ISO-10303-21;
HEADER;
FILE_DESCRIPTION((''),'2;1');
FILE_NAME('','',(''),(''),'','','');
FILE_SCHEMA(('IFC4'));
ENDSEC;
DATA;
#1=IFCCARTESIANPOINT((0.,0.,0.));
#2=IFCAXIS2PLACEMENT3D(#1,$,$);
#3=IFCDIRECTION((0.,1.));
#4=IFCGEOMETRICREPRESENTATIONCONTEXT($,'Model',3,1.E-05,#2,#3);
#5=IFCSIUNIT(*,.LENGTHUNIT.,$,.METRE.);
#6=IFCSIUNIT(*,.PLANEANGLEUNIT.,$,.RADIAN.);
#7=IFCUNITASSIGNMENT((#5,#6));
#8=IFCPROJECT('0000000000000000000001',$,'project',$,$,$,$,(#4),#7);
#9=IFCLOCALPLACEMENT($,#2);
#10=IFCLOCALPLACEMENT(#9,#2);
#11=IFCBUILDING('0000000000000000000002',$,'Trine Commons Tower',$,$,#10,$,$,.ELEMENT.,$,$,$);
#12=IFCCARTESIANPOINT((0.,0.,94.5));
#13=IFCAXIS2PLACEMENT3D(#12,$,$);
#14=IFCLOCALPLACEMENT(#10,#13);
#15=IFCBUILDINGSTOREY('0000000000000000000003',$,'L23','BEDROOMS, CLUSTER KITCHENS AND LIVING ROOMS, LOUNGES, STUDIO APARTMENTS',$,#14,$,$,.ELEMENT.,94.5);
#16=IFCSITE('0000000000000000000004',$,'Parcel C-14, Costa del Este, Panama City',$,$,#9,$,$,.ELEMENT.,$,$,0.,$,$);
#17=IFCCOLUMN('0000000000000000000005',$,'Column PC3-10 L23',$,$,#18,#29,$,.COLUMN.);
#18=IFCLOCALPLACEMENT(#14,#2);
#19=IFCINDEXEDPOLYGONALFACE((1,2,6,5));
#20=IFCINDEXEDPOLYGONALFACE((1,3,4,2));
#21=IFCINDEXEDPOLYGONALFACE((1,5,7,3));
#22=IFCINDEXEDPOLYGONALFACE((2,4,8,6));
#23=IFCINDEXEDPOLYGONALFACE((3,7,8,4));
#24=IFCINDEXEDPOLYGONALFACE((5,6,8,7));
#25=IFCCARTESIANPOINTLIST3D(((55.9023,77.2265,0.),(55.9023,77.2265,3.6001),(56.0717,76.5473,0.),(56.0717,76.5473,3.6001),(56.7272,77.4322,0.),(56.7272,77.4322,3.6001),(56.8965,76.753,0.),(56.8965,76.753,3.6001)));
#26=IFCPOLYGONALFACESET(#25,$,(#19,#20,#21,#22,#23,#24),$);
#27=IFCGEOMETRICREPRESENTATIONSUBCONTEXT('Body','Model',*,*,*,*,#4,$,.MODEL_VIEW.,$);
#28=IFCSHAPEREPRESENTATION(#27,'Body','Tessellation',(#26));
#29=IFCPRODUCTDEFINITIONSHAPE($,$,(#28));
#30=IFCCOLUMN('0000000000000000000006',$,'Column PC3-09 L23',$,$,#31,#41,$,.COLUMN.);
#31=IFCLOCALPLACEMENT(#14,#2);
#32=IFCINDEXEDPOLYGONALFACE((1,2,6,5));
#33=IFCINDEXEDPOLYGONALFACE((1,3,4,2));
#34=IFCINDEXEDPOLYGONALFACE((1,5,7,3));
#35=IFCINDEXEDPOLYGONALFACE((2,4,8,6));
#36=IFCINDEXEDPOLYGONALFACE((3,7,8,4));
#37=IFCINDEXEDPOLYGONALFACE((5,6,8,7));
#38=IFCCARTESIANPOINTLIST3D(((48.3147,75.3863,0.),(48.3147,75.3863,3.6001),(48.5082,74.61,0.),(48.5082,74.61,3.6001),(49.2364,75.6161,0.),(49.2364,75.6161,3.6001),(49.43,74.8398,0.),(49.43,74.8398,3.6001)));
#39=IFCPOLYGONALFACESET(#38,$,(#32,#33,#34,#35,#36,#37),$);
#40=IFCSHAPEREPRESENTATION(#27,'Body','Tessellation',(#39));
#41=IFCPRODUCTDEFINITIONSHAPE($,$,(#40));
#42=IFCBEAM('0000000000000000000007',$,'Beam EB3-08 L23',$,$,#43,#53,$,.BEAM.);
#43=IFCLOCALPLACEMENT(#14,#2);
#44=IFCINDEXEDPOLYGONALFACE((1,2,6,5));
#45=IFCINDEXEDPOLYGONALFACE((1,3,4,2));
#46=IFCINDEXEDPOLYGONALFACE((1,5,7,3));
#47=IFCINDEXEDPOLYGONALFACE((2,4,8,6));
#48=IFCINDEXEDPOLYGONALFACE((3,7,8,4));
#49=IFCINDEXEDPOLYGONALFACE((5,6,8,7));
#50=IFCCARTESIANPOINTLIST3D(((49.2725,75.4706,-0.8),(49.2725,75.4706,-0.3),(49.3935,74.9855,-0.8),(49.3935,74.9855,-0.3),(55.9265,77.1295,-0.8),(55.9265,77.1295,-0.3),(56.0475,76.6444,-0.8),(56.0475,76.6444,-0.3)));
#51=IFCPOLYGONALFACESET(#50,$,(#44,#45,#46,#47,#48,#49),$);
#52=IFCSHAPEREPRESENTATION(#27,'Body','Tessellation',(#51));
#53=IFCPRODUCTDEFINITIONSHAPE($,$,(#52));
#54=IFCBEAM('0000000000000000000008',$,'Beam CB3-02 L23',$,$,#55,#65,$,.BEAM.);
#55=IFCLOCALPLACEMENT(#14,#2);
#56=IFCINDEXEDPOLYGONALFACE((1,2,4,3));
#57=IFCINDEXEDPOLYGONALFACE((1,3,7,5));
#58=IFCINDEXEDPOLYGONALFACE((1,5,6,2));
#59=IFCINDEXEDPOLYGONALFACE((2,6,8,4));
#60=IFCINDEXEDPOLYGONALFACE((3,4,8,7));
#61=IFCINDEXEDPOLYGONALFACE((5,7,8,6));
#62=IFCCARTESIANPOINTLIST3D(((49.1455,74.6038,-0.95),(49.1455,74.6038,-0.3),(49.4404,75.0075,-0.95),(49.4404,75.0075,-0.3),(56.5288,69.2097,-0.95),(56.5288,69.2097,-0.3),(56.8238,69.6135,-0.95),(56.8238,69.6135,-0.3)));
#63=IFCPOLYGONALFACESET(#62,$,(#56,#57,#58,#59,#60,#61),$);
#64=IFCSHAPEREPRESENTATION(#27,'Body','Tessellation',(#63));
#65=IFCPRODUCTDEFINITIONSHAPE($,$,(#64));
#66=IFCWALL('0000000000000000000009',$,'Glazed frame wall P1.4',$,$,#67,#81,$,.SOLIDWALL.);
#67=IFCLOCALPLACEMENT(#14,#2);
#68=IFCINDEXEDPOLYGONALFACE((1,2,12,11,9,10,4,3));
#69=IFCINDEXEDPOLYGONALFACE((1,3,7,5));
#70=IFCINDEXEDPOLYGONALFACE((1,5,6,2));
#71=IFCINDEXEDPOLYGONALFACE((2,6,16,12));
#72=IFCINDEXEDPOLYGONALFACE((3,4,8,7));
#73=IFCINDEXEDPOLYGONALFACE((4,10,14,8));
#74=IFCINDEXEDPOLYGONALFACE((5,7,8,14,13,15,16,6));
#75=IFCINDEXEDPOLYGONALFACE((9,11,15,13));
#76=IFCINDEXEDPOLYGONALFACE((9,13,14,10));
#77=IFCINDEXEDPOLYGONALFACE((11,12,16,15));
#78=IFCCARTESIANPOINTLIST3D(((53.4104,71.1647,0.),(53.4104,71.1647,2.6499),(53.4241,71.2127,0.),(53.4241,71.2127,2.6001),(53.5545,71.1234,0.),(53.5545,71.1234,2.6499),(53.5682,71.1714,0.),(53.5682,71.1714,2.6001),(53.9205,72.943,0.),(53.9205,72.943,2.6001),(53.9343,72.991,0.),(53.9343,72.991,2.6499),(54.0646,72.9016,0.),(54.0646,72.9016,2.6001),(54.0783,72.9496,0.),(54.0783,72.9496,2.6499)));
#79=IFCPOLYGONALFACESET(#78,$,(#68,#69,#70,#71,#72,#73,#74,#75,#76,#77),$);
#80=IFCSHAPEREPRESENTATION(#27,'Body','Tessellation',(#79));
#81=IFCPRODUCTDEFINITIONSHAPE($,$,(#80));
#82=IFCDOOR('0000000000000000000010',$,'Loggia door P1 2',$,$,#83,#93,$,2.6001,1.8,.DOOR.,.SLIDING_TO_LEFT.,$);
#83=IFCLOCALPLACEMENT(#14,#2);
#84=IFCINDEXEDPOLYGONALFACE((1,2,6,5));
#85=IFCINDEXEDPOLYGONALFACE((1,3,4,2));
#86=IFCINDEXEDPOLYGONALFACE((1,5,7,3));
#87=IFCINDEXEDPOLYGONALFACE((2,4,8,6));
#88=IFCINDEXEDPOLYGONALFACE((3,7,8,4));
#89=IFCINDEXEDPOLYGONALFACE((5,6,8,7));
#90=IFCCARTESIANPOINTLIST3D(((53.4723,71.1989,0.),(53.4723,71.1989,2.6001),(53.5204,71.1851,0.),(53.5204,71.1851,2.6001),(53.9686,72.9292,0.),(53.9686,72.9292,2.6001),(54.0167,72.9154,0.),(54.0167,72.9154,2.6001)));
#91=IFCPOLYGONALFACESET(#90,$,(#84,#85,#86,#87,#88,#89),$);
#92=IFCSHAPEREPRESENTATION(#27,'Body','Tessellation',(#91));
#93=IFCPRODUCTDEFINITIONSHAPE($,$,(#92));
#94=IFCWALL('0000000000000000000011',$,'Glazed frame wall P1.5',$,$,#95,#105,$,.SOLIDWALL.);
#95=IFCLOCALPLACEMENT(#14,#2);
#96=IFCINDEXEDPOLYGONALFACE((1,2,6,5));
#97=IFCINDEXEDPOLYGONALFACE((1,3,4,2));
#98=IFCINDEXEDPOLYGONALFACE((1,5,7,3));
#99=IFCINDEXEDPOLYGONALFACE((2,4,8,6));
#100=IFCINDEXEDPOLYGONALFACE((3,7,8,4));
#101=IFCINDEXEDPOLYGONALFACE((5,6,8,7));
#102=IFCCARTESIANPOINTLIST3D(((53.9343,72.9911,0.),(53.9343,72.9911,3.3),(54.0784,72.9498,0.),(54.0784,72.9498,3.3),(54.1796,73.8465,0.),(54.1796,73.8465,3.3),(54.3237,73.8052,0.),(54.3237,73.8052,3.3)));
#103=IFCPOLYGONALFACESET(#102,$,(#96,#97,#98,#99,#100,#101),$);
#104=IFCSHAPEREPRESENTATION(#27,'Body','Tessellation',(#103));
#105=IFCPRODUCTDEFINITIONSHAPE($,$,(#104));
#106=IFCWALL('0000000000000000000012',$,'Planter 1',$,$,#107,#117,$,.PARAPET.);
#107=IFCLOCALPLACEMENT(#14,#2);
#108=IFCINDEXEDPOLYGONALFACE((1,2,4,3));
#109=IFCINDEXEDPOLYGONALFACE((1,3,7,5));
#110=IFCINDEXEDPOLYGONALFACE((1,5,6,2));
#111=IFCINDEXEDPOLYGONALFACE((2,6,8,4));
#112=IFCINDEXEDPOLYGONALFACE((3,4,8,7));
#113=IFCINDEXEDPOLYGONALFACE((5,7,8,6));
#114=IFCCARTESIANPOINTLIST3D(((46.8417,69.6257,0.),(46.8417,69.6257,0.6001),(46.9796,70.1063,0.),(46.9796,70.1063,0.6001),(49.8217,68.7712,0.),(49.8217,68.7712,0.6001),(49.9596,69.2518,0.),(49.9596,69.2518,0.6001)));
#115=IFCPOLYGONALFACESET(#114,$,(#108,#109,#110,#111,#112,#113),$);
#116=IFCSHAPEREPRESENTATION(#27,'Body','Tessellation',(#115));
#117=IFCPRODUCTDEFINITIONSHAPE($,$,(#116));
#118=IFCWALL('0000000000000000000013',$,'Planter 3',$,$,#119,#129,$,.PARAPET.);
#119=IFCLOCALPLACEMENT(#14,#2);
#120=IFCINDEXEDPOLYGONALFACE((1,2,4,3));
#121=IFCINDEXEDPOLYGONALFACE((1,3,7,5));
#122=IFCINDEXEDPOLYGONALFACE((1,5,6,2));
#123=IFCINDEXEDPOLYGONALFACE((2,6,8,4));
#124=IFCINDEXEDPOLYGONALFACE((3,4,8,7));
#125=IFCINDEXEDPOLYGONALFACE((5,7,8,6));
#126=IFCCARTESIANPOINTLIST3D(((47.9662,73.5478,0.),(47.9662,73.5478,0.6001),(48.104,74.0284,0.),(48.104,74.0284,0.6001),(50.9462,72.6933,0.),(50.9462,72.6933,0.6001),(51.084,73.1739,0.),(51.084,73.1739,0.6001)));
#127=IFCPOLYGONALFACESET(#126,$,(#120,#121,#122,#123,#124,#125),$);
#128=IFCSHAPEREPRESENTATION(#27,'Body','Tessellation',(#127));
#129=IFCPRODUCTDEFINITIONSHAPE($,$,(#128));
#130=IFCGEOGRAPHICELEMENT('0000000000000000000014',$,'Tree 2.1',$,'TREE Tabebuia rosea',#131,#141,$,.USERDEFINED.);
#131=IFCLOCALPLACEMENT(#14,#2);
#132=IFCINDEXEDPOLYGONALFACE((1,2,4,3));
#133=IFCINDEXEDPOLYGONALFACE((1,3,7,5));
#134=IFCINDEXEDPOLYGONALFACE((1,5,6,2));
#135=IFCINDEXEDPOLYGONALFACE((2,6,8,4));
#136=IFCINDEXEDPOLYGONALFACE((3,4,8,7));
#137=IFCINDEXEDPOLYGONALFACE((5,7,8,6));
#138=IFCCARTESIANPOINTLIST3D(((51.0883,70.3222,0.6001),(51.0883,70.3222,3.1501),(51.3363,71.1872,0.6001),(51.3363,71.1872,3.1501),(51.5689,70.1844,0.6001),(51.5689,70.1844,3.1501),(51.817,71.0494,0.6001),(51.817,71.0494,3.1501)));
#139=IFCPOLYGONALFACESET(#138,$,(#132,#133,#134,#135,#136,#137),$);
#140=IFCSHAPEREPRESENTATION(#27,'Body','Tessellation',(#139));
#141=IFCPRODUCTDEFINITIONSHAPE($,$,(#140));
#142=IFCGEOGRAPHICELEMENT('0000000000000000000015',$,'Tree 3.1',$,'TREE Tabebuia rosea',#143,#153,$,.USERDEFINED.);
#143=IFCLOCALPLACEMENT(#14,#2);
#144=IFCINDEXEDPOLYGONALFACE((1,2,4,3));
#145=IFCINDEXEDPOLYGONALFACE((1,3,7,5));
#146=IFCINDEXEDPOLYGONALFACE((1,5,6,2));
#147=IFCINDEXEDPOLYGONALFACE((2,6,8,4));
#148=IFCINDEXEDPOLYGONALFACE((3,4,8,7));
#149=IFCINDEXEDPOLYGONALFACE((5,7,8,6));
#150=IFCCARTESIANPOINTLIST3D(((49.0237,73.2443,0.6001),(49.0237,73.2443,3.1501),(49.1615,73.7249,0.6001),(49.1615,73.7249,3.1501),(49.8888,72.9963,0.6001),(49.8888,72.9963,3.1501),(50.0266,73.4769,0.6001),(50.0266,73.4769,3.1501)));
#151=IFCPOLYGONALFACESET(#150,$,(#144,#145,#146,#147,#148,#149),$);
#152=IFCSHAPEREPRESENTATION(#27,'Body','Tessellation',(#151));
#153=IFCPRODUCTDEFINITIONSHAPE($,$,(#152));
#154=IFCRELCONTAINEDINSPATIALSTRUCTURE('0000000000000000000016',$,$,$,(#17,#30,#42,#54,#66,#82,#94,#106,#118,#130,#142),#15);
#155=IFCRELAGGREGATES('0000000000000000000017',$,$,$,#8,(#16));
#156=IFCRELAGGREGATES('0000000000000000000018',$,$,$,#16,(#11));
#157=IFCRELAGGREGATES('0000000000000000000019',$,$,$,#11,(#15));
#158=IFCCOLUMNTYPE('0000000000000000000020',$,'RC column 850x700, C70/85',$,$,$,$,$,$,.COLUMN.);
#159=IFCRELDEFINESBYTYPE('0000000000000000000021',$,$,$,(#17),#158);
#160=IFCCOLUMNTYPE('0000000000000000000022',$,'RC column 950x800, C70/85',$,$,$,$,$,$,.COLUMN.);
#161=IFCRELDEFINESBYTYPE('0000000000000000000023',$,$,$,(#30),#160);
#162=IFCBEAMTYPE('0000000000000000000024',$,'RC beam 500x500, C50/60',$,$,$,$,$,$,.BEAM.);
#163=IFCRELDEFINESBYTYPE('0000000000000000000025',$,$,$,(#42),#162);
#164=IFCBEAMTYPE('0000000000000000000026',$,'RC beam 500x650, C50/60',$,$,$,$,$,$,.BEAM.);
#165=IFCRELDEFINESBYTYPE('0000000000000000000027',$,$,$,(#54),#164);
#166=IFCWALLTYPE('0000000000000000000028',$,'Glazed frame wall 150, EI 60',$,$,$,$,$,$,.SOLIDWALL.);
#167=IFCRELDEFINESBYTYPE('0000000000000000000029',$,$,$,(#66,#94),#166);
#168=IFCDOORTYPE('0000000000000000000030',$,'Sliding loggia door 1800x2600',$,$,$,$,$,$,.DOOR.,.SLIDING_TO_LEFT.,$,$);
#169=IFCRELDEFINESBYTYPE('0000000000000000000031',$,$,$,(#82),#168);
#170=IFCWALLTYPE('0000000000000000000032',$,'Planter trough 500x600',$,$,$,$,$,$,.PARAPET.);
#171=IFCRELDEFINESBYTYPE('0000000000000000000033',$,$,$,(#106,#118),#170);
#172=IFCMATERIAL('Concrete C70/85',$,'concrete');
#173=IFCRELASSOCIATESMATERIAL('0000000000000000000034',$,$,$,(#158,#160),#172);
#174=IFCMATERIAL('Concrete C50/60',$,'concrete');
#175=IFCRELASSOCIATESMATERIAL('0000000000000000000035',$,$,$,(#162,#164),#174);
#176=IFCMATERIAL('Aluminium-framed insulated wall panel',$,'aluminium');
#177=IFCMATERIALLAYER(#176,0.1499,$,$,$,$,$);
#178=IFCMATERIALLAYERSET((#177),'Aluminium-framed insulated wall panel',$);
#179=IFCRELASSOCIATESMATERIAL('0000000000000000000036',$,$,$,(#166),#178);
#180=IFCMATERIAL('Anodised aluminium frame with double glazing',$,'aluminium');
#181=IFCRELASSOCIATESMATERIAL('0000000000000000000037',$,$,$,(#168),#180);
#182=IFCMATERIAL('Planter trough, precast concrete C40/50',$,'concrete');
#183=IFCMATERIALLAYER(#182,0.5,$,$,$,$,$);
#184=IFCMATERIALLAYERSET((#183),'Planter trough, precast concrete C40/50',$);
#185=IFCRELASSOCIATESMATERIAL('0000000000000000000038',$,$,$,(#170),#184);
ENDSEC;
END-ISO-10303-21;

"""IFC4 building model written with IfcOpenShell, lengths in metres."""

from ifc_helpers import new_model, si_unit, direction, frame, frame_2d, origin, origin_2d, place, context, subcontext, project, spatial, polyline, rectangle, outline, extrude, material, layer, layer_set, material_profile, profile_set, type_object, element, fill, save


model = new_model("IFC4")

# Units and contexts
model_context = context("Model", 3, precision=1e-05, world=origin(), true_north=direction((0.0, 1.0)))
body_context = subcontext(model_context, "Body", "Model", "MODEL_VIEW")
ifc_project = project(units=[si_unit("LENGTHUNIT", "METRE"), si_unit("PLANEANGLEUNIT", "RADIAN")], contexts=[model_context])

# Site, building, storey
site_placement = place(None, origin())
site = spatial("IfcSite", under=ifc_project, at=site_placement, Name="Parcel C-14, Costa del Este, Panama City", CompositionType="ELEMENT", RefElevation=0.0)
building_placement = place(site_placement, origin())
building = spatial("IfcBuilding", under=site, at=building_placement, Name="Trine Commons Tower", CompositionType="ELEMENT")
storey_placement = place(building_placement, frame((0.0, 0.0, 94.5)))
storey = spatial("IfcBuildingStorey", under=building, at=storey_placement, Name="L23", Description="BEDROOMS, CLUSTER KITCHENS AND LIVING ROOMS, LOUNGES, STUDIO APARTMENTS", CompositionType="ELEMENT", Elevation=94.5)

# Columns
ifc_material_1 = material(Name="Concrete C70/85", Category="concrete")
ifc_material_profile_1 = material_profile(ifc_material_1, rectangle(XDim=0.8501, YDim=0.7, at=origin_2d()), Name="RC 850x700")
ifc_profile_set_1 = profile_set([ifc_material_profile_1], Name="Concrete C70/85")
column_type_1 = type_object("IfcColumnType", Name="RC column 850x700, C70/85", PredefinedType="COLUMN", material=ifc_profile_set_1)
column_1_placement = place(storey_placement, frame((56.3994, 76.9897, 0.0), z_axis=(0.0, 0.0, 1.0), x_axis=(0.970296, 0.241922, 0.0)))
element("IfcColumn", 1, at=column_1_placement, inside=storey, type_object=column_type_1, Name="Column PC3-10 L23", PredefinedType="COLUMN", context=body_context, shape_type="SweptSolid", body=[
    extrude(rectangle(XDim=0.8501, YDim=0.7, at=origin_2d()), origin(), (0.0, 0.0, 1.0), 3.6001),
])
ifc_material_profile_2 = material_profile(ifc_material_1, rectangle(XDim=0.95, YDim=0.8, at=origin_2d()), Name="RC 950x800")
ifc_profile_set_2 = profile_set([ifc_material_profile_2], Name="Concrete C70/85")
column_type_2 = type_object("IfcColumnType", Name="RC column 950x800, C70/85", PredefinedType="COLUMN", material=ifc_profile_set_2)
column_2_placement = place(storey_placement, frame((48.8723, 75.113, 0.0), z_axis=(0.0, 0.0, 1.0), x_axis=(0.970296, 0.241922, 0.0)))
element("IfcColumn", 2, at=column_2_placement, inside=storey, type_object=column_type_2, Name="Column PC3-09 L23", PredefinedType="COLUMN", context=body_context, shape_type="SweptSolid", body=[
    extrude(rectangle(XDim=0.95, YDim=0.8, at=origin_2d()), origin(), (0.0, 0.0, 1.0), 3.6001),
])

# Beams
ifc_material_2 = material(Name="Concrete C50/60", Category="concrete")
ifc_material_profile_3 = material_profile(ifc_material_2, rectangle(XDim=0.5, YDim=0.5, at=origin_2d()), Name="RC 500x500")
ifc_profile_set_3 = profile_set([ifc_material_profile_3], Name="Concrete C50/60")
beam_type_1 = type_object("IfcBeamType", Name="RC beam 500x500, C50/60", PredefinedType="BEAM", material=ifc_profile_set_3)
beam_1_placement = place(storey_placement, frame((49.333, 75.228, -0.55), z_axis=(0.970299, 0.241907, 0.0), x_axis=(-0.241907, 0.970299, 0.0)))
element("IfcBeam", 3, at=beam_1_placement, inside=storey, type_object=beam_type_1, Name="Beam EB3-08 L23", PredefinedType="BEAM", context=body_context, shape_type="SweptSolid", body=[
    extrude(rectangle(XDim=0.5, YDim=0.5, at=origin_2d()), origin(), (0.0, 0.0, 1.0), 6.8577),
])
ifc_material_profile_4 = material_profile(ifc_material_2, rectangle(XDim=0.5, YDim=0.6499, at=origin_2d()), Name="RC 500x650")
ifc_profile_set_4 = profile_set([ifc_material_profile_4], Name="Concrete C50/60")
beam_type_2 = type_object("IfcBeamType", Name="RC beam 500x650, C50/60", PredefinedType="BEAM", material=ifc_profile_set_4)
beam_2_placement = place(storey_placement, frame((49.293, 74.8057, -0.625), z_axis=(0.807466, -0.589913, 0.0), x_axis=(0.589913, 0.807466, 0.0)))
element("IfcBeam", 4, at=beam_2_placement, inside=storey, type_object=beam_type_2, Name="Beam CB3-02 L23", PredefinedType="BEAM", context=body_context, shape_type="SweptSolid", body=[
    extrude(rectangle(XDim=0.5, YDim=0.6499, at=origin_2d()), origin(), (0.0, 0.0, 1.0), 9.1438),
])

# Wall, opening, door
ifc_material_3 = material(Name="Aluminium-framed insulated wall panel", Category="aluminium")
ifc_layer_1 = layer(ifc_material_3, 0.1499)
ifc_layer_set_1 = layer_set([ifc_layer_1], Name="Aluminium-framed insulated wall panel")
wall_type_1 = type_object("IfcWallType", Name="Glazed frame wall 150, EI 60", PredefinedType="SOLIDWALL", material=ifc_layer_set_1)
wall_1_placement = place(storey_placement, frame((53.4824, 71.144, 0.0), z_axis=(0.0, 0.0, 1.0), x_axis=(0.275739, 0.961232, 0.0)))
wall_1 = element("IfcWall", 5, at=wall_1_placement, inside=storey, type_object=wall_type_1, Name="Glazed frame wall P1.4", PredefinedType="SOLIDWALL", context=body_context, shape_type="SweptSolid", body=[
    extrude(outline(polyline([(0.0, -0.075), (1.8999, -0.075), (1.8999, 0.075), (0.0, 0.075), (0.0, -0.075)])), origin(), (0.0, 0.0, 1.0), 2.6499),
])
opening_1_placement = place(wall_1_placement, frame((0.05, 0.0, 0.0)))
opening_1 = element("IfcOpeningElement", 6, at=opening_1_placement, cuts=wall_1, PredefinedType="OPENING", context=body_context, shape_type="SweptSolid", body=[
    extrude(rectangle(XDim=1.8, YDim=2.6001, at=frame_2d((0.8999, 1.3))), frame((0.0, 0.085, 0.0), z_axis=(0.0, -1.0, 0.0), x_axis=(1.0, 0.0, 0.0)), (0.0, 0.0, 1.0), 0.1699),
])
ifc_material_4 = material(Name="Anodised aluminium frame with double glazing", Category="aluminium")
door_type = type_object("IfcDoorType", Name="Sliding loggia door 1800x2600", OperationType="SLIDING_TO_LEFT", PredefinedType="DOOR", material=ifc_material_4)
door_1_placement = place(opening_1_placement, origin())
door_1 = element("IfcDoor", 7, at=door_1_placement, inside=storey, type_object=door_type, Name="Loggia door P1 2", OperationType="SLIDING_TO_LEFT", OverallHeight=2.6001, OverallWidth=1.8, PredefinedType="DOOR", context=body_context, shape_type="SweptSolid", body=[
    extrude(rectangle(XDim=1.8, YDim=2.6001, at=frame_2d((0.8999, 1.3))), frame((0.0, 0.0249, 0.0), z_axis=(0.0, -1.0, 0.0), x_axis=(1.0, 0.0, 0.0)), (0.0, 0.0, 1.0), 0.05),
])
fill(opening_1, door_1)

# Wall
wall_2_placement = place(storey_placement, frame((54.0063, 72.9705, 0.0), z_axis=(0.0, 0.0, 1.0), x_axis=(0.275656, 0.961256, 0.0)))
element("IfcWall", 8, at=wall_2_placement, inside=storey, type_object=wall_type_1, Name="Glazed frame wall P1.5", PredefinedType="SOLIDWALL", context=body_context, shape_type="SweptSolid", body=[
    extrude(outline(polyline([(0.8899, 0.075), (0.0, 0.075), (0.0, -0.075), (0.8899, -0.075), (0.8899, 0.075)])), origin(), (0.0, 0.0, 1.0), 3.3),
])

# Walls
ifc_material_5 = material(Name="Planter trough, precast concrete C40/50", Category="concrete")
ifc_layer_2 = layer(ifc_material_5, 0.5)
ifc_layer_set_2 = layer_set([ifc_layer_2], Name="Planter trough, precast concrete C40/50")
wall_type_2 = type_object("IfcWallType", Name="Planter trough 500x600", PredefinedType="PARAPET", material=ifc_layer_set_2)
for number, where, z_axis, x_axis, name in (
    (9, (46.9106, 69.866, 0.0), (0.0, 0.0, 1.0), (0.961262, -0.275636, 0.0), "Planter 1"),
    (10, (51.0151, 72.9336, 0.0), (0.0, 0.0, 1.0), (-0.961262, 0.275636, 0.0), "Planter 3"),
):
    element("IfcWall", number, at=place(storey_placement, frame(where, z_axis=z_axis, x_axis=x_axis)), inside=storey, type_object=wall_type_2, Name=name, PredefinedType="PARAPET", context=body_context, shape_type="SweptSolid", body=[
        extrude(rectangle(XDim=3.1001, YDim=0.5, at=frame_2d((1.55, 0.0))), origin(), (0.0, 0.0, 1.0), 0.6001),
    ])

# Geographic elements
for number, where, z_axis, x_axis, name in (
    (11, (51.4526, 70.6858, 0.6001), (0.0, 0.0, 1.0), (0.275646, 0.961259, 0.0), "Tree 2.1"),
    (12, (49.5251, 73.3606, 0.6001), (0.0, 0.0, 1.0), (-0.961263, 0.275634, 0.0), "Tree 3.1"),
):
    element("IfcGeographicElement", number, at=place(storey_placement, frame(where, z_axis=z_axis, x_axis=x_axis)), inside=storey, Name=name, ObjectType="TREE Tabebuia rosea", PredefinedType="USERDEFINED", context=body_context, shape_type="SweptSolid", body=[
        extrude(rectangle(XDim=0.8999, YDim=0.5, at=origin_2d()), origin(), (0.0, 0.0, 1.0), 2.55),
    ])

save(model, "model.ifc")
